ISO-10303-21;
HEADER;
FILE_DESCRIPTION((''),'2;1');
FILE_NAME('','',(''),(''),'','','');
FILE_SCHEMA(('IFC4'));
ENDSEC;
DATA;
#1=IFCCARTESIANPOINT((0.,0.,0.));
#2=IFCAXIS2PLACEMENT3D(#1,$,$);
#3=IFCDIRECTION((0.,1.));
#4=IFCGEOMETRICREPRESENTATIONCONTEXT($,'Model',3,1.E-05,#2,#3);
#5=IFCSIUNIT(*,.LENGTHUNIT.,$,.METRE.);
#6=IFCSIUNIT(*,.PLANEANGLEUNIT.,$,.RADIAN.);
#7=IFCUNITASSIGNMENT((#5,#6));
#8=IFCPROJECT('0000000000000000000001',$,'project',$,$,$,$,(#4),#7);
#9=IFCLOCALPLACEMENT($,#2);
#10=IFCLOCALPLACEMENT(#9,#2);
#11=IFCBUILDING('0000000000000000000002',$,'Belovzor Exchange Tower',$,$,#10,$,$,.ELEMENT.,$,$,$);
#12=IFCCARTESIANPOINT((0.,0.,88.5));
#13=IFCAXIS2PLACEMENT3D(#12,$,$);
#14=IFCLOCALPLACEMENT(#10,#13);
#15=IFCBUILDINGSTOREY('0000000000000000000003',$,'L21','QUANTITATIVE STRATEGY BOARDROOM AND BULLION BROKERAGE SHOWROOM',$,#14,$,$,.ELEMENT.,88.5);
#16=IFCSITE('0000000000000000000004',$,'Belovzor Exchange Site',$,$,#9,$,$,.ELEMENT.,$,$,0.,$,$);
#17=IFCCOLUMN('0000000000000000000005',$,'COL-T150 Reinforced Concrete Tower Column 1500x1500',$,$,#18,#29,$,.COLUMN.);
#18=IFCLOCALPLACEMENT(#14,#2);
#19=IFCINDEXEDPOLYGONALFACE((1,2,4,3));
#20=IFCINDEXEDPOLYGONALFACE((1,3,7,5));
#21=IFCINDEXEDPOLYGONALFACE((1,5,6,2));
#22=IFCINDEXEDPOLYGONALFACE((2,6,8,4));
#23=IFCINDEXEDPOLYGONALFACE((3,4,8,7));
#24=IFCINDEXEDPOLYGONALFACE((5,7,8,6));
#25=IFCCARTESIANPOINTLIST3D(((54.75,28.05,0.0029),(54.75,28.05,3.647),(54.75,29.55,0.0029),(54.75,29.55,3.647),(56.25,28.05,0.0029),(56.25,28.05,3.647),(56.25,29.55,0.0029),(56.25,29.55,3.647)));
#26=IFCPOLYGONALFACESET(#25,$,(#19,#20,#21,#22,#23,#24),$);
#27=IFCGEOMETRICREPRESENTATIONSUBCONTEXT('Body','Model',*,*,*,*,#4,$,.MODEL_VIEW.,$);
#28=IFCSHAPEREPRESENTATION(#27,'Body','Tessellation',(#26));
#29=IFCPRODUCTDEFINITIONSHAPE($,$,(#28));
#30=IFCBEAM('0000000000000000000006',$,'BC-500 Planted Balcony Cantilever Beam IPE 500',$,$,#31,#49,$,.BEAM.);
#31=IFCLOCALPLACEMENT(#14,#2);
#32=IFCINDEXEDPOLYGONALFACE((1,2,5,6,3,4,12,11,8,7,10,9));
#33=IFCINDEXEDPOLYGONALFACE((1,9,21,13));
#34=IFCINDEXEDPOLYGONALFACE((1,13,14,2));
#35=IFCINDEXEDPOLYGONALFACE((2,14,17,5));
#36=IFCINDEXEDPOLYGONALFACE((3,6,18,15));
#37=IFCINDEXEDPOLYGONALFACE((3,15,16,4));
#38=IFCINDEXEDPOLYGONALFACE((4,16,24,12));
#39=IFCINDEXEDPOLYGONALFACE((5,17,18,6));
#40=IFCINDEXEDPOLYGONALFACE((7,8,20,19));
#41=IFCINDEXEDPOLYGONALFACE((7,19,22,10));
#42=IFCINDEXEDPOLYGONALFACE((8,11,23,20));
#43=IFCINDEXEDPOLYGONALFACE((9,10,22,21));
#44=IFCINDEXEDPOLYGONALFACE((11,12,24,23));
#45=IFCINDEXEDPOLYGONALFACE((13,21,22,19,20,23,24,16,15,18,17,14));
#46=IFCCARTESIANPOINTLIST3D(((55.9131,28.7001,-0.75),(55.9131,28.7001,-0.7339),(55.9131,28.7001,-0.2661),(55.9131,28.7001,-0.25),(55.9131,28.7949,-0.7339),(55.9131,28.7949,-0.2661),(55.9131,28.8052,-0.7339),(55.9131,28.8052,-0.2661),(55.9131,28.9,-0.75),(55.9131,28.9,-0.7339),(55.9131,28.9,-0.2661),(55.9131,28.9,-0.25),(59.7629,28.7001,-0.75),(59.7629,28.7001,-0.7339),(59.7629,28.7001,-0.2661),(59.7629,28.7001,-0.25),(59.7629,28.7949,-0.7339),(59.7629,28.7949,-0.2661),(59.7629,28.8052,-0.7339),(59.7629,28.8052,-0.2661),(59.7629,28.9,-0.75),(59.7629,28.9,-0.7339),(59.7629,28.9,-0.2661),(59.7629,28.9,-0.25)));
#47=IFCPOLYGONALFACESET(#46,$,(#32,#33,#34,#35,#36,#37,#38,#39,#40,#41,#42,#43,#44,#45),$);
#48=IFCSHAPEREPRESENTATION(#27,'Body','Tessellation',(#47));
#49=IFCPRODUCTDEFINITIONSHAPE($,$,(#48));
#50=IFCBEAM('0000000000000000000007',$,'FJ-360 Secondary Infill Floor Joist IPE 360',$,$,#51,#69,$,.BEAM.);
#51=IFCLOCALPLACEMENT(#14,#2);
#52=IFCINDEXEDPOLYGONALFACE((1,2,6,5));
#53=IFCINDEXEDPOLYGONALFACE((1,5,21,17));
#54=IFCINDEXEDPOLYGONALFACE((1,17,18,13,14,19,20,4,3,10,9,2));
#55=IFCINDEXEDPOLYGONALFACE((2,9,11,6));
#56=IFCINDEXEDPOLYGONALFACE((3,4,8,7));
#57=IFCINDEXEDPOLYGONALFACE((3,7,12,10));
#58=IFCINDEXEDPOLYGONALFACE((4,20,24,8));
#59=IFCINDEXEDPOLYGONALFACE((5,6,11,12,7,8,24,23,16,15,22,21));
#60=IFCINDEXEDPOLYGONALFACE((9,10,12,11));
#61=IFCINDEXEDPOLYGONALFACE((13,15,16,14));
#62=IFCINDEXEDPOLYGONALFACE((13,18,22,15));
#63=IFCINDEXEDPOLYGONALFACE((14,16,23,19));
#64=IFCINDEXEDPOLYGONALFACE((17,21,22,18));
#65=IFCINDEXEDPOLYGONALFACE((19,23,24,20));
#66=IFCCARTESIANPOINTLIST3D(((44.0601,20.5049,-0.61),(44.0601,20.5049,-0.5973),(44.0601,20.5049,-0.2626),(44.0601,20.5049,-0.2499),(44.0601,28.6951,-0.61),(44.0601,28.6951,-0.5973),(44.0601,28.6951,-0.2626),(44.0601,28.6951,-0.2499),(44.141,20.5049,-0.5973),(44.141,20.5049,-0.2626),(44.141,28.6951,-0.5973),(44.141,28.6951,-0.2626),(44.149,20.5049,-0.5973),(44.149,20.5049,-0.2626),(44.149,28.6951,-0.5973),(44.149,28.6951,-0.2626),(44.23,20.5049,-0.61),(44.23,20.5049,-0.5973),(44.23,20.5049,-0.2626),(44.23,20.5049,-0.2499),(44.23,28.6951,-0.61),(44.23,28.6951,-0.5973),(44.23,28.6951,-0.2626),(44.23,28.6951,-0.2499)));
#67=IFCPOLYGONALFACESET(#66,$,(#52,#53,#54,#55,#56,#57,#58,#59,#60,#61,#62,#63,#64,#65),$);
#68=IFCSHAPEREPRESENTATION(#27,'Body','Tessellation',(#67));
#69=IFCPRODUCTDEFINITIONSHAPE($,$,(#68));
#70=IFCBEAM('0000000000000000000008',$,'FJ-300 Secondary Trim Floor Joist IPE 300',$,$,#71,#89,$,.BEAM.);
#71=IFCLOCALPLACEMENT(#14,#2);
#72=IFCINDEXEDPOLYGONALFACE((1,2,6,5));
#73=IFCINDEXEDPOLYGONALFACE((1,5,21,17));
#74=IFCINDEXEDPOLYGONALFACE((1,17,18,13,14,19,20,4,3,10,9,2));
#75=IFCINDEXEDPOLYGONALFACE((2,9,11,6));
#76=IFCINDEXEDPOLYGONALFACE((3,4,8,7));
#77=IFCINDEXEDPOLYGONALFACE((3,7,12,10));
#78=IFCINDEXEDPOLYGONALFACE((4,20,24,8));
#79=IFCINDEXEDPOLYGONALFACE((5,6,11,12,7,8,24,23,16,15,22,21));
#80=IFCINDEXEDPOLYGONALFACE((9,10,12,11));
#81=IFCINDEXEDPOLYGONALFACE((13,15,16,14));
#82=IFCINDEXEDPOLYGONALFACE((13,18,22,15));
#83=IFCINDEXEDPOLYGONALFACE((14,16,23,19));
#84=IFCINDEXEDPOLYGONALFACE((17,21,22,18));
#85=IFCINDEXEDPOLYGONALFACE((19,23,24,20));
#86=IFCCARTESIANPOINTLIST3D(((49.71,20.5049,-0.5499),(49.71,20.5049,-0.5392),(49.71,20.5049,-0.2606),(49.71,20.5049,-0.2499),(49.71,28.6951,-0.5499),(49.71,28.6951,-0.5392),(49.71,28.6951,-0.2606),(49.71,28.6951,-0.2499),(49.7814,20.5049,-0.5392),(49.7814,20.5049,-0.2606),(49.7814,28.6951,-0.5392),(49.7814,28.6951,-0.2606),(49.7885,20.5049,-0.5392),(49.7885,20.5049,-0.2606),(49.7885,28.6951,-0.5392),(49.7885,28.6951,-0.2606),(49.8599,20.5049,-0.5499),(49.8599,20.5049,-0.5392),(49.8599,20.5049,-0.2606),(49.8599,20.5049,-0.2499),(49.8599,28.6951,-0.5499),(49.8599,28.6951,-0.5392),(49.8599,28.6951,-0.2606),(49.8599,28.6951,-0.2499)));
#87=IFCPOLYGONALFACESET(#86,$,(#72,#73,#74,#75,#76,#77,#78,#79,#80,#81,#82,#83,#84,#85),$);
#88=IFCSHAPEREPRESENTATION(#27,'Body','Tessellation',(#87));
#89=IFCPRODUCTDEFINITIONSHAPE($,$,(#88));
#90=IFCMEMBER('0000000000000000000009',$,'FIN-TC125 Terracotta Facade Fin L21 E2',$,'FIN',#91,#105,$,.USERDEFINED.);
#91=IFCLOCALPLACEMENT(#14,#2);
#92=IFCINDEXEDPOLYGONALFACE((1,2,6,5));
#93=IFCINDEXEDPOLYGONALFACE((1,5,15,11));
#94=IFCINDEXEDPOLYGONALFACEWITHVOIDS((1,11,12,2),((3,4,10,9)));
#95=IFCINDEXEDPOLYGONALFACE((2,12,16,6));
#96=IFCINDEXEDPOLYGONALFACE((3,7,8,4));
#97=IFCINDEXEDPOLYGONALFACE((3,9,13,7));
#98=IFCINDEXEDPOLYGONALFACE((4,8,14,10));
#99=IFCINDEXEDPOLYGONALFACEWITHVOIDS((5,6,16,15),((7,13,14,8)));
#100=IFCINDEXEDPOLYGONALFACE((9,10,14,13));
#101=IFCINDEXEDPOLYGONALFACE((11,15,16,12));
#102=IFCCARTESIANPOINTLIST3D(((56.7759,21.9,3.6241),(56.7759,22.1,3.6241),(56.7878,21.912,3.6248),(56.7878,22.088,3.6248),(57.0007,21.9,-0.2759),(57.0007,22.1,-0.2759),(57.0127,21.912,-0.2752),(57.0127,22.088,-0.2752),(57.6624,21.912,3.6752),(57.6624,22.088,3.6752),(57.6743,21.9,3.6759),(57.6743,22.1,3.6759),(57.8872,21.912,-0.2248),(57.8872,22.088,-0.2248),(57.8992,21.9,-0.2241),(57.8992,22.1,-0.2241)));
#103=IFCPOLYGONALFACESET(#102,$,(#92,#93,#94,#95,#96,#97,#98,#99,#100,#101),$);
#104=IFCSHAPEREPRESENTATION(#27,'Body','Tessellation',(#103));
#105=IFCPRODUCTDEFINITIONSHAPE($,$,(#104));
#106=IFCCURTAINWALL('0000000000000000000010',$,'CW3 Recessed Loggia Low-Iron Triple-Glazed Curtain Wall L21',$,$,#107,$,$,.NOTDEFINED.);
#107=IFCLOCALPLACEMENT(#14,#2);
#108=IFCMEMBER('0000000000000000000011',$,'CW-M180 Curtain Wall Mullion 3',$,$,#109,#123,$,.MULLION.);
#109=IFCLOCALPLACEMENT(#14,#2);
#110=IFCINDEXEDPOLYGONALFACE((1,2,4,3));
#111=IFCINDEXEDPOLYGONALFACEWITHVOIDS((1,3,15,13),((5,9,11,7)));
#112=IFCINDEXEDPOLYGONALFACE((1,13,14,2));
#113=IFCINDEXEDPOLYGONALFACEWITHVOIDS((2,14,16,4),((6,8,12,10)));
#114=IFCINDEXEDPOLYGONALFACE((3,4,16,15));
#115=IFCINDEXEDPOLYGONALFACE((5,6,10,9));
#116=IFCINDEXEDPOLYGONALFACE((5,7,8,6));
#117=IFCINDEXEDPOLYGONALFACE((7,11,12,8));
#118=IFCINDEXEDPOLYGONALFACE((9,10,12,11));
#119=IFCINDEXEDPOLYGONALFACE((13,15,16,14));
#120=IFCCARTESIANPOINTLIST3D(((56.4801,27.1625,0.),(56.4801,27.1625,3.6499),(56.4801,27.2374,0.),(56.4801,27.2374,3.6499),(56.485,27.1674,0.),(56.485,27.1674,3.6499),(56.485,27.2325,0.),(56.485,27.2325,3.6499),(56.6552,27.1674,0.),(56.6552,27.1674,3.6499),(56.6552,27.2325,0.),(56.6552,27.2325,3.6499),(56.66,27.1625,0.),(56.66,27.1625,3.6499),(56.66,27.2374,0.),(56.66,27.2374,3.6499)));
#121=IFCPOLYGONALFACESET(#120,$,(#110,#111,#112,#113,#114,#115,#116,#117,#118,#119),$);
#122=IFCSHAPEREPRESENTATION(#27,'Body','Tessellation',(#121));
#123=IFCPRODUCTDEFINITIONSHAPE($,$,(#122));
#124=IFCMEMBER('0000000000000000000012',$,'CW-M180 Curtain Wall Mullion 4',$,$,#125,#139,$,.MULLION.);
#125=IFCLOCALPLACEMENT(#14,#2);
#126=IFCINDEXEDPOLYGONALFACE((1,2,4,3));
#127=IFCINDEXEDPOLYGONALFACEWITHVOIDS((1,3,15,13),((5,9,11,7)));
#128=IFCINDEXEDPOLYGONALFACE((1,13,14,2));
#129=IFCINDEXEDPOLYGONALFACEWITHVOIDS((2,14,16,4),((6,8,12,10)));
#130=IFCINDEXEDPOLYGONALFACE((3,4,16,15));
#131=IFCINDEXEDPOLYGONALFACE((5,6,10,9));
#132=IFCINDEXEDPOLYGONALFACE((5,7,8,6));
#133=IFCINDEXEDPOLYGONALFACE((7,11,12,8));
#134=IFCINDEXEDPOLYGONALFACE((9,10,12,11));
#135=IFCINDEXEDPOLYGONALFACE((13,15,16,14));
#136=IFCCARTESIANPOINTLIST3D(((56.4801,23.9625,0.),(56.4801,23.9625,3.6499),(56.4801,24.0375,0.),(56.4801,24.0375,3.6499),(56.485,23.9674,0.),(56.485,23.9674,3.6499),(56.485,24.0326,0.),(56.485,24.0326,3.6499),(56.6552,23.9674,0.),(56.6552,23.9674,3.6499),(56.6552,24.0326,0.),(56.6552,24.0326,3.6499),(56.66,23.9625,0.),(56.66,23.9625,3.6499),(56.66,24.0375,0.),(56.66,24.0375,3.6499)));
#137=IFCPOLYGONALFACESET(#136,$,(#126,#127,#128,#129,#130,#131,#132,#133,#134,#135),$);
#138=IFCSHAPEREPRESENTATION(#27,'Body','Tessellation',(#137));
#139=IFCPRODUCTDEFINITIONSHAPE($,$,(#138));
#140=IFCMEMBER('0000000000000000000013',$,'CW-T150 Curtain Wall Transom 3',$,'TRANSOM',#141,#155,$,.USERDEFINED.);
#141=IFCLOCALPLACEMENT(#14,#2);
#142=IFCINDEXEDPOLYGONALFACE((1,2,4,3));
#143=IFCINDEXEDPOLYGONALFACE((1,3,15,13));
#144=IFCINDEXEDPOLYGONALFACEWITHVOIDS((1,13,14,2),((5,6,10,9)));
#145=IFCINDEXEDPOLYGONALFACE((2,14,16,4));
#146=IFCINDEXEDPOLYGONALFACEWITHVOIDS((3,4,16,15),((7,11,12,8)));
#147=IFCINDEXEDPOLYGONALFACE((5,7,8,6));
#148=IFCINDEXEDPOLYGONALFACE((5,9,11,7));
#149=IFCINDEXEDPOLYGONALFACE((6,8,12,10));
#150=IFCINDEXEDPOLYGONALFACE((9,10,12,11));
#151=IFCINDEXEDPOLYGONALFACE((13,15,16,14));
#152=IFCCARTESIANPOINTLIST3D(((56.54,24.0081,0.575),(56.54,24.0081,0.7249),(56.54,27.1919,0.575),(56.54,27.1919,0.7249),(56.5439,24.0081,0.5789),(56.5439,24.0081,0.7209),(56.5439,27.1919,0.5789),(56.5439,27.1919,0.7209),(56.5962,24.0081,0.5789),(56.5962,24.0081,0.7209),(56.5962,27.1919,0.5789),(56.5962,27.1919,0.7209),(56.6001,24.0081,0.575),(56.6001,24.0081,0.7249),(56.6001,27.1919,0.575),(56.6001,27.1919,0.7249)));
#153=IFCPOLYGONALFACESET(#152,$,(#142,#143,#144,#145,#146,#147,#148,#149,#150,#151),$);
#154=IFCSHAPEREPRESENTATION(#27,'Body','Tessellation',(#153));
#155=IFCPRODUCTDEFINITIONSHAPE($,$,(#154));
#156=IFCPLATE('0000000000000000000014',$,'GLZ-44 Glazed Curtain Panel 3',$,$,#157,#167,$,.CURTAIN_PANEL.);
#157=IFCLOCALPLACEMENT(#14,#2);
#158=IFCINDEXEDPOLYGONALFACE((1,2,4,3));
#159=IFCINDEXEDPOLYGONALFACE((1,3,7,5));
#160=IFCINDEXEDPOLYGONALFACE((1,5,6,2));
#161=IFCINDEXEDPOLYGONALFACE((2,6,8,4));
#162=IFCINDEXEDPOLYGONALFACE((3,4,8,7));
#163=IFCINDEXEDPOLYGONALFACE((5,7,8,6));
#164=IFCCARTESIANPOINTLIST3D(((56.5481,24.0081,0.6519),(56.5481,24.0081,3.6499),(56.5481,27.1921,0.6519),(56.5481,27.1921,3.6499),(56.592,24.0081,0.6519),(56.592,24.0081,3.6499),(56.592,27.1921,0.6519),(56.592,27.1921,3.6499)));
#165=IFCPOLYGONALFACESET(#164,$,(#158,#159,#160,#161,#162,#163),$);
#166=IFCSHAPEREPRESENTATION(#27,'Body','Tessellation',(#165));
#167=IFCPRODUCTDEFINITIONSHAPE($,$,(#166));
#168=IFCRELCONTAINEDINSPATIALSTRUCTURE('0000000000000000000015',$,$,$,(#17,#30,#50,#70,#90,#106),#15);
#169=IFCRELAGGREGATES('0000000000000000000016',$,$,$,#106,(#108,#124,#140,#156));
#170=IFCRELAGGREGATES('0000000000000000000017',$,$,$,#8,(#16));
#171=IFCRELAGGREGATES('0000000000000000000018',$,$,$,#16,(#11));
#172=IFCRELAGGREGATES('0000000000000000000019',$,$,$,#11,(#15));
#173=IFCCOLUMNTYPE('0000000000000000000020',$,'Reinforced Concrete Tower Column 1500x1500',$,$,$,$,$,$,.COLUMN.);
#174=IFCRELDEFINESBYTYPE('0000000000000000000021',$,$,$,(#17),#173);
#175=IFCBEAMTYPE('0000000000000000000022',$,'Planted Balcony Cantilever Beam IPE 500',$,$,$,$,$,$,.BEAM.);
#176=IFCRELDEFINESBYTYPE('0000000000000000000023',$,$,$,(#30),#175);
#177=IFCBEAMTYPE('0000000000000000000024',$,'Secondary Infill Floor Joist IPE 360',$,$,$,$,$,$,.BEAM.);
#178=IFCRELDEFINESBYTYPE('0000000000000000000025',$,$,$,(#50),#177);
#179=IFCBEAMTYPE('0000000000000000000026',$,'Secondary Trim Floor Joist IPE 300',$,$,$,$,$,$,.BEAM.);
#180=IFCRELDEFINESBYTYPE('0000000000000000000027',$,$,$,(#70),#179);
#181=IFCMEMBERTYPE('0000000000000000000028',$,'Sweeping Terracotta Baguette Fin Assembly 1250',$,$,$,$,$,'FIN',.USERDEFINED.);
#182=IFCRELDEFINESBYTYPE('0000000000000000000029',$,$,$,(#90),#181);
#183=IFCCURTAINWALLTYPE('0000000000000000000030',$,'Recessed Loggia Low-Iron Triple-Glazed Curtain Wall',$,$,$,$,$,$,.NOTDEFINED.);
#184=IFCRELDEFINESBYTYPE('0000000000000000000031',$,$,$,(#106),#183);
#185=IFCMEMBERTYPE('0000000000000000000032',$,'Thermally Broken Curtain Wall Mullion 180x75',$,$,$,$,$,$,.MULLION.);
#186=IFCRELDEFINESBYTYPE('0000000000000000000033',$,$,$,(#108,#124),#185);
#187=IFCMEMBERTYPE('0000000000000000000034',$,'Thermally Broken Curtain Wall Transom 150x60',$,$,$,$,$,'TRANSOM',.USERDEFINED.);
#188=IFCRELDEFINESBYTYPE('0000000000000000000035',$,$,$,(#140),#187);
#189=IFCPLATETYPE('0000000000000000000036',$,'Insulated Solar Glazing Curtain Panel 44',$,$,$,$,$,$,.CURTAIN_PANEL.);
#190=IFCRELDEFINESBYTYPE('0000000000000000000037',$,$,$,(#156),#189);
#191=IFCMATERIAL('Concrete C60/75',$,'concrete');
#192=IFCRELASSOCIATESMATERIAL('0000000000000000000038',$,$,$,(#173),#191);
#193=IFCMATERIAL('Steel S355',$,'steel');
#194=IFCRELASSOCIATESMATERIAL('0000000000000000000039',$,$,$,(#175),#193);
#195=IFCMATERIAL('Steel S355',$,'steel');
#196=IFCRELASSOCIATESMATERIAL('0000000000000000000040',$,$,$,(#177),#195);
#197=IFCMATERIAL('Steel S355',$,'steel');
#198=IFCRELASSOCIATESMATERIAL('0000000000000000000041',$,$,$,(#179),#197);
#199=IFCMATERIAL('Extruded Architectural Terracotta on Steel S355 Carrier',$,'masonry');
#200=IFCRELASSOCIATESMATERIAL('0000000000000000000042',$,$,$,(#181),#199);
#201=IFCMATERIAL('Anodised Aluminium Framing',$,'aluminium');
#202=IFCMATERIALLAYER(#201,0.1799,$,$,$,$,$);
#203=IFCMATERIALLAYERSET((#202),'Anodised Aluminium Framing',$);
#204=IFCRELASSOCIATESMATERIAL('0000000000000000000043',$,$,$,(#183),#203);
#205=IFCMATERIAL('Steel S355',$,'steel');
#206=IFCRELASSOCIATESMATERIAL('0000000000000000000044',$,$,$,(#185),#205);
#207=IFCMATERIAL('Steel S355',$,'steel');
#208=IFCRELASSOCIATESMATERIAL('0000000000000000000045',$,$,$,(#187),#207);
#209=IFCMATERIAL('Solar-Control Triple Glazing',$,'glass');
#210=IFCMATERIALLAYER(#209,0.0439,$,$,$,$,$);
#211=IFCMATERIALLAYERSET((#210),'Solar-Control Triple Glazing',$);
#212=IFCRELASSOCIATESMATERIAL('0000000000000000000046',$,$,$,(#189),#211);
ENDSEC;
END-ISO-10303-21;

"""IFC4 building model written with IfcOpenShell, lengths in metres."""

from ifc_helpers import new_model, si_unit, direction, frame, origin, origin_2d, place, context, subcontext, project, spatial, rectangle, hollow_rectangle, i_section, extrude, material, layer, layer_set, material_profile, profile_set, type_object, element, aggregate, save


model = new_model("IFC4")

# Units and contexts
model_context = context("Model", 3, precision=1e-05, world=origin(), true_north=direction((0.0, 1.0)))
body_context = subcontext(model_context, "Body", "Model", "MODEL_VIEW")
ifc_project = project(units=[si_unit("LENGTHUNIT", "METRE"), si_unit("PLANEANGLEUNIT", "RADIAN")], contexts=[model_context])

# Site, building, storey
site_placement = place(None, origin())
site = spatial("IfcSite", under=ifc_project, at=site_placement, Name="Belovzor Exchange Site", CompositionType="ELEMENT", RefElevation=0.0)
building_placement = place(site_placement, origin())
building = spatial("IfcBuilding", under=site, at=building_placement, Name="Belovzor Exchange Tower", CompositionType="ELEMENT")
storey_placement = place(building_placement, frame((0.0, 0.0, 88.5)))
storey = spatial("IfcBuildingStorey", under=building, at=storey_placement, Name="L21", Description="QUANTITATIVE STRATEGY BOARDROOM AND BULLION BROKERAGE SHOWROOM", CompositionType="ELEMENT", Elevation=88.5)

# Column
ifc_material_1 = material(Name="Concrete C60/75", Category="concrete")
ifc_material_profile_1 = material_profile(ifc_material_1, rectangle(XDim=1.5, YDim=1.5, at=origin_2d()))
ifc_profile_set_1 = profile_set([ifc_material_profile_1], Name="Concrete C60/75")
column_type = type_object("IfcColumnType", Name="Reinforced Concrete Tower Column 1500x1500", PredefinedType="COLUMN", material=ifc_profile_set_1)
column_placement = place(storey_placement, frame((55.5, 28.8, 0.0029), z_axis=(0.0, 0.0, 1.0), x_axis=(1.0, 0.0, 0.0)))
element("IfcColumn", 1, at=column_placement, inside=storey, type_object=column_type, Name="COL-T150 Reinforced Concrete Tower Column 1500x1500", PredefinedType="COLUMN", context=body_context, shape_type="SweptSolid", body=[
    extrude(rectangle(XDim=1.5, YDim=1.5, at=origin_2d()), origin(), (0.0, 0.0, 1.0), 3.644),
])

# Beams
ifc_material_2 = material(Name="Steel S355", Category="steel")
ifc_material_profile_2 = material_profile(ifc_material_2, i_section(OverallWidth=0.2, OverallDepth=0.5, WebThickness=0.0103, FlangeThickness=0.0161, at=origin_2d()))
ifc_profile_set_2 = profile_set([ifc_material_profile_2], Name="Steel S355")
beam_type_1 = type_object("IfcBeamType", Name="Planted Balcony Cantilever Beam IPE 500", PredefinedType="BEAM", material=ifc_profile_set_2)
beam_1_placement = place(storey_placement, frame((55.9131, 28.8, -0.5), z_axis=(1.0, 0.0, 0.0), x_axis=(0.0, 1.0, 0.0)))
element("IfcBeam", 2, at=beam_1_placement, inside=storey, type_object=beam_type_1, Name="BC-500 Planted Balcony Cantilever Beam IPE 500", PredefinedType="BEAM", context=body_context, shape_type="SweptSolid", body=[
    extrude(i_section(OverallWidth=0.2, OverallDepth=0.5, WebThickness=0.0103, FlangeThickness=0.0161, at=origin_2d()), origin(), (0.0, 0.0, 1.0), 3.8499),
])
ifc_material_3 = material(Name="Steel S355", Category="steel")
ifc_material_profile_3 = material_profile(ifc_material_3, i_section(OverallWidth=0.1699, OverallDepth=0.3601, WebThickness=0.0081, FlangeThickness=0.0127, at=origin_2d()))
ifc_profile_set_3 = profile_set([ifc_material_profile_3], Name="Steel S355")
beam_type_2 = type_object("IfcBeamType", Name="Secondary Infill Floor Joist IPE 360", PredefinedType="BEAM", material=ifc_profile_set_3)
beam_2_placement = place(storey_placement, frame((44.145, 20.5049, -0.4299), z_axis=(0.0, 1.0, 0.0), x_axis=(-1.0, 0.0, 0.0)))
element("IfcBeam", 3, at=beam_2_placement, inside=storey, type_object=beam_type_2, Name="FJ-360 Secondary Infill Floor Joist IPE 360", PredefinedType="BEAM", context=body_context, shape_type="SweptSolid", body=[
    extrude(i_section(OverallWidth=0.1699, OverallDepth=0.3601, WebThickness=0.0081, FlangeThickness=0.0127, at=origin_2d()), origin(), (0.0, 0.0, 1.0), 8.1902),
])
ifc_material_4 = material(Name="Steel S355", Category="steel")
ifc_material_profile_4 = material_profile(ifc_material_4, i_section(OverallWidth=0.1499, OverallDepth=0.3, WebThickness=0.0071, FlangeThickness=0.0107, at=origin_2d()))
ifc_profile_set_4 = profile_set([ifc_material_profile_4], Name="Steel S355")
beam_type_3 = type_object("IfcBeamType", Name="Secondary Trim Floor Joist IPE 300", PredefinedType="BEAM", material=ifc_profile_set_4)
beam_3_placement = place(storey_placement, frame((49.7849, 20.5049, -0.3999), z_axis=(0.0, 1.0, 0.0), x_axis=(-1.0, 0.0, 0.0)))
element("IfcBeam", 4, at=beam_3_placement, inside=storey, type_object=beam_type_3, Name="FJ-300 Secondary Trim Floor Joist IPE 300", PredefinedType="BEAM", context=body_context, shape_type="SweptSolid", body=[
    extrude(i_section(OverallWidth=0.1499, OverallDepth=0.3, WebThickness=0.0071, FlangeThickness=0.0107, at=origin_2d()), origin(), (0.0, 0.0, 1.0), 8.1902),
])

# Member
ifc_material_5 = material(Name="Extruded Architectural Terracotta on Steel S355 Carrier", Category="masonry")
ifc_material_profile_5 = material_profile(ifc_material_5, hollow_rectangle(XDim=0.2, YDim=0.8999, WallThickness=0.012, at=origin_2d()))
ifc_profile_set_5 = profile_set([ifc_material_profile_5], Name="Extruded Architectural Terracotta on Steel S355 Carrier")
member_type_1 = type_object("IfcMemberType", Name="Sweeping Terracotta Baguette Fin Assembly 1250", ElementType="FIN", PredefinedType="USERDEFINED", material=ifc_profile_set_5)
member_1_placement = place(storey_placement, frame((57.45, 22.0, -0.25), z_axis=(-0.057561, 0.0, 0.998342), x_axis=(0.0, -1.0, 0.0)))
element("IfcMember", 5, at=member_1_placement, inside=storey, type_object=member_type_1, Name="FIN-TC125 Terracotta Facade Fin L21 E2", ObjectType="FIN", PredefinedType="USERDEFINED", context=body_context, shape_type="SweptSolid", body=[
    extrude(hollow_rectangle(XDim=0.2, YDim=0.8999, WallThickness=0.012, at=origin_2d()), origin(), (0.0, 0.0, 1.0), 3.9065),
])

# Curtain wall, members, plate
ifc_material_6 = material(Name="Anodised Aluminium Framing", Category="aluminium")
ifc_layer_1 = layer(ifc_material_6, 0.1799)
ifc_layer_set_1 = layer_set([ifc_layer_1], Name="Anodised Aluminium Framing")
curtain_wall_type = type_object("IfcCurtainWallType", Name="Recessed Loggia Low-Iron Triple-Glazed Curtain Wall", PredefinedType="NOTDEFINED", material=ifc_layer_set_1)
curtain_wall_placement = place(storey_placement, origin())
curtain_wall = element("IfcCurtainWall", 6, at=curtain_wall_placement, inside=storey, type_object=curtain_wall_type, Name="CW3 Recessed Loggia Low-Iron Triple-Glazed Curtain Wall L21", PredefinedType="NOTDEFINED")
ifc_material_7 = material(Name="Steel S355", Category="steel")
ifc_material_profile_6 = material_profile(ifc_material_7, hollow_rectangle(XDim=0.075, YDim=0.1799, WallThickness=0.0049, at=origin_2d()))
ifc_profile_set_6 = profile_set([ifc_material_profile_6], Name="Steel S355")
member_type_2 = type_object("IfcMemberType", Name="Thermally Broken Curtain Wall Mullion 180x75", PredefinedType="MULLION", material=ifc_profile_set_6)
member_2_placement = place(storey_placement, frame((56.5701, 27.2, 0.0), z_axis=(0.0, 0.0, 1.0), x_axis=(0.0, -1.0, 0.0)))
member_2 = element("IfcMember", 7, at=member_2_placement, type_object=member_type_2, Name="CW-M180 Curtain Wall Mullion 3", PredefinedType="MULLION", context=body_context, shape_type="SweptSolid", body=[
    extrude(hollow_rectangle(XDim=0.075, YDim=0.1799, WallThickness=0.0049, at=origin_2d()), origin(), (0.0, 0.0, 1.0), 3.6499),
])
member_3_placement = place(storey_placement, frame((56.5701, 24.0, 0.0), z_axis=(0.0, 0.0, 1.0), x_axis=(0.0, -1.0, 0.0)))
member_3 = element("IfcMember", 8, at=member_3_placement, type_object=member_type_2, Name="CW-M180 Curtain Wall Mullion 4", PredefinedType="MULLION", context=body_context, shape_type="SweptSolid", body=[
    extrude(hollow_rectangle(XDim=0.075, YDim=0.1799, WallThickness=0.0049, at=origin_2d()), origin(), (0.0, 0.0, 1.0), 3.6499),
])
ifc_material_8 = material(Name="Steel S355", Category="steel")
ifc_material_profile_7 = material_profile(ifc_material_8, hollow_rectangle(XDim=0.0601, YDim=0.1499, WallThickness=0.0039, at=origin_2d()))
ifc_profile_set_7 = profile_set([ifc_material_profile_7], Name="Steel S355")
member_type_3 = type_object("IfcMemberType", Name="Thermally Broken Curtain Wall Transom 150x60", ElementType="TRANSOM", PredefinedType="USERDEFINED", material=ifc_profile_set_7)
member_4_placement = place(storey_placement, frame((56.5701, 27.1919, 0.6499), z_axis=(0.0, -1.0, 0.0), x_axis=(1.0, 0.0, 0.0)))
member_4 = element("IfcMember", 9, at=member_4_placement, type_object=member_type_3, Name="CW-T150 Curtain Wall Transom 3", ObjectType="TRANSOM", PredefinedType="USERDEFINED", context=body_context, shape_type="SweptSolid", body=[
    extrude(hollow_rectangle(XDim=0.0601, YDim=0.1499, WallThickness=0.0039, at=origin_2d()), origin(), (0.0, 0.0, 1.0), 3.1838),
])
ifc_material_9 = material(Name="Solar-Control Triple Glazing", Category="glass")
ifc_layer_2 = layer(ifc_material_9, 0.0439)
ifc_layer_set_2 = layer_set([ifc_layer_2], Name="Solar-Control Triple Glazing")
plate_type_1 = type_object("IfcPlateType", Name="Insulated Solar Glazing Curtain Panel 44", PredefinedType="CURTAIN_PANEL", material=ifc_layer_set_2)
plate_1_placement = place(storey_placement, frame((56.5701, 25.6001, 0.6519), z_axis=(0.0, 0.0, 1.0), x_axis=(0.0, -1.0, 0.0)))
plate_1 = element("IfcPlate", 10, at=plate_1_placement, type_object=plate_type_1, Name="GLZ-44 Glazed Curtain Panel 3", PredefinedType="CURTAIN_PANEL", context=body_context, shape_type="SweptSolid", body=[
    extrude(rectangle(XDim=3.1841, YDim=0.0439, at=origin_2d()), origin(), (0.0, 0.0, 1.0), 2.998),
])
aggregate(curtain_wall, [member_2, member_3, member_4, plate_1])

save(model, "model.ifc")
